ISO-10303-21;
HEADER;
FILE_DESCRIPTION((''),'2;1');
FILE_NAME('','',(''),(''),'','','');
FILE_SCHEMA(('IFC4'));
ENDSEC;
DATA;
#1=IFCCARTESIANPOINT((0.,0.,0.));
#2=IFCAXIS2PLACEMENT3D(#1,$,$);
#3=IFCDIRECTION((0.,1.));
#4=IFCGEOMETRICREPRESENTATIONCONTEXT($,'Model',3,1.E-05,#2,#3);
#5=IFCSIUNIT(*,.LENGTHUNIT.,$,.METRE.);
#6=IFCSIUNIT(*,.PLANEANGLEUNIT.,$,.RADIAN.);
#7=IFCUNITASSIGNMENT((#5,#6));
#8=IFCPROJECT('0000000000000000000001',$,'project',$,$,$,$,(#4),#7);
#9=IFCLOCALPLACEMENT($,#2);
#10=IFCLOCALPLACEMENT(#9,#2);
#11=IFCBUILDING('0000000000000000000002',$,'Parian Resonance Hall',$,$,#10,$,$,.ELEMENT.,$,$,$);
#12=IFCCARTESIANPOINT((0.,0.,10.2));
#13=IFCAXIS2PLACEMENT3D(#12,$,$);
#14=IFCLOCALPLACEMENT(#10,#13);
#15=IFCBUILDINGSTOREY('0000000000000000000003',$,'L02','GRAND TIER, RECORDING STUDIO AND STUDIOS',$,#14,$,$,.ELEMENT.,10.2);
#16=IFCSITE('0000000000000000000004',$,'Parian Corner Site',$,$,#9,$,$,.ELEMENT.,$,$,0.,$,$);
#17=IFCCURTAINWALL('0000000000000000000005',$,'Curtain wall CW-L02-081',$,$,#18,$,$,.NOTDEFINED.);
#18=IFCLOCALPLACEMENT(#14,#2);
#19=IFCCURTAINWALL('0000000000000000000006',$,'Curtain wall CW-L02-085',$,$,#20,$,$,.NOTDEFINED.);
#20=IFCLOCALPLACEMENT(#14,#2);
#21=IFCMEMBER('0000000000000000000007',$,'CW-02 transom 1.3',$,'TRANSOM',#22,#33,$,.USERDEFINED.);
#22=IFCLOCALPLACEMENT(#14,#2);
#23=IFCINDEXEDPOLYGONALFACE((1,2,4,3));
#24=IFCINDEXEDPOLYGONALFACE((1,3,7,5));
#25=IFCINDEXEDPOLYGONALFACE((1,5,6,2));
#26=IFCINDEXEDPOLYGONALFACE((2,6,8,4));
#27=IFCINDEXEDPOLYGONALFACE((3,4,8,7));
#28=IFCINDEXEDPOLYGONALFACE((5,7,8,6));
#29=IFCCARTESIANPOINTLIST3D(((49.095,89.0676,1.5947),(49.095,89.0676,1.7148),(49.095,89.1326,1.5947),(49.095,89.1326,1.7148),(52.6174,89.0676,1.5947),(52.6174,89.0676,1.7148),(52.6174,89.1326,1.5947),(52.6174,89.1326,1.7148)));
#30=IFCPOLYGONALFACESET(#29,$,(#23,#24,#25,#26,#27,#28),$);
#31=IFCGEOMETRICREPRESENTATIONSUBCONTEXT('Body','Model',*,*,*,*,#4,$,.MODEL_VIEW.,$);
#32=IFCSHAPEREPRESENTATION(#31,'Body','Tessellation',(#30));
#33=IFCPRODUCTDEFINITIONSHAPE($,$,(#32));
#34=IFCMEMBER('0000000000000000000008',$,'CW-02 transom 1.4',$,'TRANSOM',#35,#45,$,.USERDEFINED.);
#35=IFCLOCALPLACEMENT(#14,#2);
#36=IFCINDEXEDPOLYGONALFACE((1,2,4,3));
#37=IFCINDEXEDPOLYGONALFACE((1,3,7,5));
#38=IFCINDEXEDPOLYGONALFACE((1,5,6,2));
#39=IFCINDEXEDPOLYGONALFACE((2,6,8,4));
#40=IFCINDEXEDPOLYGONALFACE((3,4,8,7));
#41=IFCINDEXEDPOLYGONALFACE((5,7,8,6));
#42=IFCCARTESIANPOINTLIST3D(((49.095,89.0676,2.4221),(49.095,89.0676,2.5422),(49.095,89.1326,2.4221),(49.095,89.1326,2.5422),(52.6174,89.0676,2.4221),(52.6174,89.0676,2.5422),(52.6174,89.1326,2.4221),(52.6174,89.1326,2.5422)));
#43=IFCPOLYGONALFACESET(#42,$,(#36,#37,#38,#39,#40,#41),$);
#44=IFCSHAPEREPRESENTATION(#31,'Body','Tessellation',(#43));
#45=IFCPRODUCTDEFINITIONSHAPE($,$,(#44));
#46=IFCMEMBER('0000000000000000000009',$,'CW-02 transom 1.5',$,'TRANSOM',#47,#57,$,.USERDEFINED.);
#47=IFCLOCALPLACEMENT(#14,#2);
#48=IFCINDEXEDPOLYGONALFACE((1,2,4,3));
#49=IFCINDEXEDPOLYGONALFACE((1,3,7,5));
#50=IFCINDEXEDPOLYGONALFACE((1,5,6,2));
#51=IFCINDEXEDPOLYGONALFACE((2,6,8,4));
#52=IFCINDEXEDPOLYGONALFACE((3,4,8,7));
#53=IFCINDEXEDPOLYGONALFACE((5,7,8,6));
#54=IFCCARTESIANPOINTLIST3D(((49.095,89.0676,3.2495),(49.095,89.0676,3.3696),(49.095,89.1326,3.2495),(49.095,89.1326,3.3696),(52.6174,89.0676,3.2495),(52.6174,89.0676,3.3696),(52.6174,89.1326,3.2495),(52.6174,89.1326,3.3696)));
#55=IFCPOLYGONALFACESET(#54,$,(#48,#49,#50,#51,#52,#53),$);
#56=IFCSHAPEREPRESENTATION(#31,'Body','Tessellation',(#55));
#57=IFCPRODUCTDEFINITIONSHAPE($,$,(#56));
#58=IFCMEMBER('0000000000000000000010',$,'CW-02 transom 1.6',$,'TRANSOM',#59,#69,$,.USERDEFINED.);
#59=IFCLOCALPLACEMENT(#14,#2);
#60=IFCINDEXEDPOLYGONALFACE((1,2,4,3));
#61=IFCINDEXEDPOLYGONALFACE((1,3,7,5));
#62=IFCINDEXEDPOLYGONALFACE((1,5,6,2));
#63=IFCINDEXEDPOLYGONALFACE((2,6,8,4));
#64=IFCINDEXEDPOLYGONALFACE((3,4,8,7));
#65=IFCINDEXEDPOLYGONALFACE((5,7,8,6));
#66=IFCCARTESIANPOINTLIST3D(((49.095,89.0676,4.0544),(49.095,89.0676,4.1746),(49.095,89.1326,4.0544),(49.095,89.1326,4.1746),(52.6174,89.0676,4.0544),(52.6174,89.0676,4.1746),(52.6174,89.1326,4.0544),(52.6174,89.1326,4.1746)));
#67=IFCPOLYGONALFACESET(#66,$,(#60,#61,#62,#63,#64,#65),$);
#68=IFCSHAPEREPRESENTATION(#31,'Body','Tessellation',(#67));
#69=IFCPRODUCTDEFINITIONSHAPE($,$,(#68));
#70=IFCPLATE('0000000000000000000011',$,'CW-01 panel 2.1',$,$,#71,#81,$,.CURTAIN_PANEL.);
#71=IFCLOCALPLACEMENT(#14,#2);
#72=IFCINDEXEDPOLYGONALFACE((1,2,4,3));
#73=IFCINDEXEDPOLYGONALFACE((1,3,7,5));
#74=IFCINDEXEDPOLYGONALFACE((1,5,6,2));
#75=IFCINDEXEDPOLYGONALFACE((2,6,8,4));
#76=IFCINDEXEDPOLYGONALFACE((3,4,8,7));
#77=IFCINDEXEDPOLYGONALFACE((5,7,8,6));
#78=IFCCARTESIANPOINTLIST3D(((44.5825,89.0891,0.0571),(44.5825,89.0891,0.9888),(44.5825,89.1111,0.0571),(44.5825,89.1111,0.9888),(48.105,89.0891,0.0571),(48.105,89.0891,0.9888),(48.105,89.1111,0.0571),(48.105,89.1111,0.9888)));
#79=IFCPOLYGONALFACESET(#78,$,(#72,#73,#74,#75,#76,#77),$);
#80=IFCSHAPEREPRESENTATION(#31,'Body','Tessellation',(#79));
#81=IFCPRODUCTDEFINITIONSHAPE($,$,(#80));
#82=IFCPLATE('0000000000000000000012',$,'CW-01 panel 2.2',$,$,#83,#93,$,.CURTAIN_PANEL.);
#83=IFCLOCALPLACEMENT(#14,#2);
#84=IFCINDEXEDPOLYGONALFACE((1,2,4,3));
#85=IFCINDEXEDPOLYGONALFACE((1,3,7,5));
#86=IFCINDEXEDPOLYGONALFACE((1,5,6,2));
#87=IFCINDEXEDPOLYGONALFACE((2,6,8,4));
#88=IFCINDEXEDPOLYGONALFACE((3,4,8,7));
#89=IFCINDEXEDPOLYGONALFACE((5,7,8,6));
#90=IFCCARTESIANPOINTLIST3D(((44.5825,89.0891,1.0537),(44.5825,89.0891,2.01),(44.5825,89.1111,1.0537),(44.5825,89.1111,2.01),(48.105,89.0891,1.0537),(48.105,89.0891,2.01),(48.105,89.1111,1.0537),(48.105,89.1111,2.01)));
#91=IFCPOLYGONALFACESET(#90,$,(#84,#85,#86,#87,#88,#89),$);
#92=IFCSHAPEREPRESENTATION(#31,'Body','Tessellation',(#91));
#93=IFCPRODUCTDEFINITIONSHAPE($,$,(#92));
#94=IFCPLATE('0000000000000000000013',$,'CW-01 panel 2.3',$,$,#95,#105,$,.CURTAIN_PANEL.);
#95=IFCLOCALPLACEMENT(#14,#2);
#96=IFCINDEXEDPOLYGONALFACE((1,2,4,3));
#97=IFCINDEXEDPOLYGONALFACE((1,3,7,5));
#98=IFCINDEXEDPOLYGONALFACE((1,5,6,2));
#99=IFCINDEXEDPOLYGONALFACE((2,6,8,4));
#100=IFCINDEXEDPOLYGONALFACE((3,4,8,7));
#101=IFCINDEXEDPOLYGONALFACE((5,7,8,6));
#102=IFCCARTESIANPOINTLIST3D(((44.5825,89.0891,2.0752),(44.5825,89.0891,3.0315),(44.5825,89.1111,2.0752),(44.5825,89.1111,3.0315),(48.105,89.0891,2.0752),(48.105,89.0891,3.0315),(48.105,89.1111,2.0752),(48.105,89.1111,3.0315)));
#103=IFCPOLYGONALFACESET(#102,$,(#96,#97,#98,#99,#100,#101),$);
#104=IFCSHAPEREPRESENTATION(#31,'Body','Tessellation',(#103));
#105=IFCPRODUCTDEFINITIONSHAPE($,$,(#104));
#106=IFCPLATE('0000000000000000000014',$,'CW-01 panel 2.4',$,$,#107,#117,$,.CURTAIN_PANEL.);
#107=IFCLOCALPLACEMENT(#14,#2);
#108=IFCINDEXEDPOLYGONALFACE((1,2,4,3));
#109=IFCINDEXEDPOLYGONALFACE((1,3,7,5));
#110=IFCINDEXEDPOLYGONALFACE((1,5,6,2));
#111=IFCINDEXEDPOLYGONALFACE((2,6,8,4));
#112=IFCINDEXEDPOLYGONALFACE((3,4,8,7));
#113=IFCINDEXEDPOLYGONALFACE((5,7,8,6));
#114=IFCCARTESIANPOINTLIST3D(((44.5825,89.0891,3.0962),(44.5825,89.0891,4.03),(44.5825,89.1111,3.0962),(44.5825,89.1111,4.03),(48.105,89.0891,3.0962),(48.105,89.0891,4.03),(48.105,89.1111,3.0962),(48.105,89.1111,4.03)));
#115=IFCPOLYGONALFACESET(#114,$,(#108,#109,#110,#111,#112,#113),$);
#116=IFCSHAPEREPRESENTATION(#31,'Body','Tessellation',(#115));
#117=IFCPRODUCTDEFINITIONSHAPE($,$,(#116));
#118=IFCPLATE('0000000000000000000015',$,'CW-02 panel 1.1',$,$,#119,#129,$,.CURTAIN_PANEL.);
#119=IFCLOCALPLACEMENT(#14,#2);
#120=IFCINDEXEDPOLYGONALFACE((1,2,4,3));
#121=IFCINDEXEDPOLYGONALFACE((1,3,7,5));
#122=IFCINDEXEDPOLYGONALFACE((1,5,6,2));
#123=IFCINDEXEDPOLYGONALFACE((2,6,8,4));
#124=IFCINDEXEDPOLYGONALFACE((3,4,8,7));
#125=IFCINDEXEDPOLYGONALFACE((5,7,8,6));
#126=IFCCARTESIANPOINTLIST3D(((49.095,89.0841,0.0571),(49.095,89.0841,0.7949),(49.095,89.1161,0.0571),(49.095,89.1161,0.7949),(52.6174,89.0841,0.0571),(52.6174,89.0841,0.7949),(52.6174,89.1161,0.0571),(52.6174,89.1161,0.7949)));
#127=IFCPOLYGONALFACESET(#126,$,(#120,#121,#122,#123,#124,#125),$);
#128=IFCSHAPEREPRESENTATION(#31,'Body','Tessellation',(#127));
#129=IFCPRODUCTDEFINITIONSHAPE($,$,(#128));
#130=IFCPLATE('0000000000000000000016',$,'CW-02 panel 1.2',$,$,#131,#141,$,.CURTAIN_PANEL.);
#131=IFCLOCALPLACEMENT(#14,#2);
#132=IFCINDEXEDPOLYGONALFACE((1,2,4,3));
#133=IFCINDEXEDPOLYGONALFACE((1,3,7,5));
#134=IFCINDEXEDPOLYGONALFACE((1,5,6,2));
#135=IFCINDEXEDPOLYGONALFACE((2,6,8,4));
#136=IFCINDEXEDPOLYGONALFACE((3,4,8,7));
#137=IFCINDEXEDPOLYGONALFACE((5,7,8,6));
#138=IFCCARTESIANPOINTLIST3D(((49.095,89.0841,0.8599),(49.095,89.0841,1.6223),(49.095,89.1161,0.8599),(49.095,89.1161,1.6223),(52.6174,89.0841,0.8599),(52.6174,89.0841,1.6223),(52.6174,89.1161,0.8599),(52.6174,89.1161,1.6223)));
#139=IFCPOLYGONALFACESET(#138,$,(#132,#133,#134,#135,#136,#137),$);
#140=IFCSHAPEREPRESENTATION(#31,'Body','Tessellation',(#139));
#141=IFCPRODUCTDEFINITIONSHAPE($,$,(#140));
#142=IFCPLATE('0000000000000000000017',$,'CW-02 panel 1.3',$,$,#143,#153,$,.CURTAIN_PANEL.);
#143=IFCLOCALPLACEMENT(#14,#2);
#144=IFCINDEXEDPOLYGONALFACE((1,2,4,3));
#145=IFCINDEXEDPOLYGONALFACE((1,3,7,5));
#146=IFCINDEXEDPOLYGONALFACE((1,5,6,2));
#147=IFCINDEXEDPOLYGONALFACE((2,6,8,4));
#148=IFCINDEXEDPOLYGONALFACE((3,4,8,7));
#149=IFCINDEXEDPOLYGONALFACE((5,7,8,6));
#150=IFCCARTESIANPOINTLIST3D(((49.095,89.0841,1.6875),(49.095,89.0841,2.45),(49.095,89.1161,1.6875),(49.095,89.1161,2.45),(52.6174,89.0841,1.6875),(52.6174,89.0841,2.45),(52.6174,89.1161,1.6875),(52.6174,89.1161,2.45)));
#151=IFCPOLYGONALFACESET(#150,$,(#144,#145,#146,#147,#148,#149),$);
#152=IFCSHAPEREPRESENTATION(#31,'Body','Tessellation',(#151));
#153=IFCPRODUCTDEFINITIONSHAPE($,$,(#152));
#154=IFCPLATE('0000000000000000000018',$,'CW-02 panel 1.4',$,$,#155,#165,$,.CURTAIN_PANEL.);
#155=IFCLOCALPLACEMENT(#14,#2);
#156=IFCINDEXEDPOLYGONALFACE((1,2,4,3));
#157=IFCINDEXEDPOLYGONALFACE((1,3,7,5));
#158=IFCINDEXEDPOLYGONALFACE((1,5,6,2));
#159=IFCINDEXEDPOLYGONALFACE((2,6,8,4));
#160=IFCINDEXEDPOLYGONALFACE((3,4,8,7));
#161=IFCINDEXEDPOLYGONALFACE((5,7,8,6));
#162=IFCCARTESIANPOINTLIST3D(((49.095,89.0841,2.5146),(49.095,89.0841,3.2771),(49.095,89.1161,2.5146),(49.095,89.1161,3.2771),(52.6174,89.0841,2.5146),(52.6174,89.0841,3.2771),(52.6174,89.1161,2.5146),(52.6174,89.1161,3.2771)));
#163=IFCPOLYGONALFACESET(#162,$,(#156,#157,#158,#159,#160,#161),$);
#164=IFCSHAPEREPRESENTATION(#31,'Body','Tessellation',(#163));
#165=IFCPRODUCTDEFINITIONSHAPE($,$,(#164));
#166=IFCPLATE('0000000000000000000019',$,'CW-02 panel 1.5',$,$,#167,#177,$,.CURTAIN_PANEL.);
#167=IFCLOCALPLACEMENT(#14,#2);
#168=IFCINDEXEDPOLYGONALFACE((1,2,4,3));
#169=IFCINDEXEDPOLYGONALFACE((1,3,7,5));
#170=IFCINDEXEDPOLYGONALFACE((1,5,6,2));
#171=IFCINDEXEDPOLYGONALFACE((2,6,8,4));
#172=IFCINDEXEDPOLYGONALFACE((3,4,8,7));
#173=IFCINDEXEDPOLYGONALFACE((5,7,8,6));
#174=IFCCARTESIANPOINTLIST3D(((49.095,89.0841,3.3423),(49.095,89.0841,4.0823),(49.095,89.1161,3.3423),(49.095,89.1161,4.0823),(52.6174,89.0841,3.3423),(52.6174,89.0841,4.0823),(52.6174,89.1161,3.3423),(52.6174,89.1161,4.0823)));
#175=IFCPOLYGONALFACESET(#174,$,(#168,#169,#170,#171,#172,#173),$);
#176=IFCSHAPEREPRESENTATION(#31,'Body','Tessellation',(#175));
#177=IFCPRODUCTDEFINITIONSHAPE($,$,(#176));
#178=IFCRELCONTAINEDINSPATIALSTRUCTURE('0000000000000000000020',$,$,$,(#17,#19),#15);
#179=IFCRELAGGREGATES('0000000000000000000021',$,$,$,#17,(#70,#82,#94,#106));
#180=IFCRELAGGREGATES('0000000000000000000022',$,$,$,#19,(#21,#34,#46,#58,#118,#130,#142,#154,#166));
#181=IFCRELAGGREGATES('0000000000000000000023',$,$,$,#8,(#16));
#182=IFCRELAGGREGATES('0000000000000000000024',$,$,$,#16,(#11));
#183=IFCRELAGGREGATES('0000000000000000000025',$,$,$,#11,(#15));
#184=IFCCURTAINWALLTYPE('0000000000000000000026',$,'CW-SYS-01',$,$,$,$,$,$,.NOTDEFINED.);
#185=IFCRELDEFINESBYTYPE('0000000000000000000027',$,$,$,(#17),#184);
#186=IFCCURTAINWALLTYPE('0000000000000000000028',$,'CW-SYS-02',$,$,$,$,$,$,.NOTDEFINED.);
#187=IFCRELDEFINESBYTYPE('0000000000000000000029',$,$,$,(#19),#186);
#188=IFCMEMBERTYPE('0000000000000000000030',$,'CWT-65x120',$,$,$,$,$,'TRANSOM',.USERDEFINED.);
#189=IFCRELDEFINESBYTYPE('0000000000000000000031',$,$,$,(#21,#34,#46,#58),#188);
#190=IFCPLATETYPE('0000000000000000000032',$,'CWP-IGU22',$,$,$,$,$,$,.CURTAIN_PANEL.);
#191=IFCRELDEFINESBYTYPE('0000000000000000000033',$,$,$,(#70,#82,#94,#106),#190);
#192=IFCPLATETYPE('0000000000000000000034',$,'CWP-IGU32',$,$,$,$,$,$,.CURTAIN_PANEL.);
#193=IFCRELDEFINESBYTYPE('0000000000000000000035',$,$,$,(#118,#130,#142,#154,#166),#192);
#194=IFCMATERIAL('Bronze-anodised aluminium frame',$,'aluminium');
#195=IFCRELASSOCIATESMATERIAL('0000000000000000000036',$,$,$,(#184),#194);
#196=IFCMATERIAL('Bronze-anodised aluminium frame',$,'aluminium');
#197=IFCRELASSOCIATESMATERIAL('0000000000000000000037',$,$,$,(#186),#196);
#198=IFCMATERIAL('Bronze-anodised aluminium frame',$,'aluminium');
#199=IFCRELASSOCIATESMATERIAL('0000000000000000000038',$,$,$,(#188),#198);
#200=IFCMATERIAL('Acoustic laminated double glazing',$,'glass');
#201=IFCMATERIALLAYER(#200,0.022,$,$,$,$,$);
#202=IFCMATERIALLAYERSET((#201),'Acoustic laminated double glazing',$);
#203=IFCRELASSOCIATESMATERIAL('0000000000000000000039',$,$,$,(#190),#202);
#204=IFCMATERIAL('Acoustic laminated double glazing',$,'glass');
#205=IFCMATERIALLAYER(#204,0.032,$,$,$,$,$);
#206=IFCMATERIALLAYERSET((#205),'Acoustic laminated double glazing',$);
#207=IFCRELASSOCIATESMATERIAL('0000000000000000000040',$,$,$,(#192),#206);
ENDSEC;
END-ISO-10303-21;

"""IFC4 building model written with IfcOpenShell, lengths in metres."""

from ifc_helpers import new_model, si_unit, direction, frame, origin, origin_2d, place, context, subcontext, project, spatial, rectangle, extrude, material, layer, layer_set, material_profile, profile_set, type_object, element, aggregate, save


model = new_model("IFC4")

# Units and contexts
model_context = context("Model", 3, precision=1e-05, world=origin(), true_north=direction((0.0, 1.0)))
body_context = subcontext(model_context, "Body", "Model", "MODEL_VIEW")
ifc_project = project(units=[si_unit("LENGTHUNIT", "METRE"), si_unit("PLANEANGLEUNIT", "RADIAN")], contexts=[model_context])

# Site, building, storey
site_placement = place(None, origin())
site = spatial("IfcSite", under=ifc_project, at=site_placement, Name="Parian Corner Site", CompositionType="ELEMENT", RefElevation=0.0)
building_placement = place(site_placement, origin())
building = spatial("IfcBuilding", under=site, at=building_placement, Name="Parian Resonance Hall", CompositionType="ELEMENT")
storey_placement = place(building_placement, frame((0.0, 0.0, 10.2)))
storey = spatial("IfcBuildingStorey", under=building, at=storey_placement, Name="L02", Description="GRAND TIER, RECORDING STUDIO AND STUDIOS", CompositionType="ELEMENT", Elevation=10.2)

# Curtain walls
ifc_material_1 = material(Name="Bronze-anodised aluminium frame", Category="aluminium")
curtain_wall_type_1 = type_object("IfcCurtainWallType", Name="CW-SYS-01", PredefinedType="NOTDEFINED", material=ifc_material_1)
curtain_wall_1_placement = place(storey_placement, origin())
curtain_wall_1 = element("IfcCurtainWall", 1, at=curtain_wall_1_placement, inside=storey, type_object=curtain_wall_type_1, Name="Curtain wall CW-L02-081", PredefinedType="NOTDEFINED")
ifc_material_2 = material(Name="Bronze-anodised aluminium frame", Category="aluminium")
curtain_wall_type_2 = type_object("IfcCurtainWallType", Name="CW-SYS-02", PredefinedType="NOTDEFINED", material=ifc_material_2)
curtain_wall_2_placement = place(storey_placement, origin())
curtain_wall_2 = element("IfcCurtainWall", 2, at=curtain_wall_2_placement, inside=storey, type_object=curtain_wall_type_2, Name="Curtain wall CW-L02-085", PredefinedType="NOTDEFINED")

# Members
ifc_material_3 = material(Name="Bronze-anodised aluminium frame", Category="aluminium")
ifc_material_profile_1 = material_profile(ifc_material_3, rectangle(XDim=0.0649, YDim=0.1201, at=origin_2d()), Name="CWT-65x120")
ifc_profile_set_1 = profile_set([ifc_material_profile_1], Name="Bronze-anodised aluminium frame")
member_type_1 = type_object("IfcMemberType", Name="CWT-65x120", ElementType="TRANSOM", PredefinedType="USERDEFINED", material=ifc_profile_set_1)
member_1_placement = place(storey_placement, frame((49.095, 89.1001, 1.6548), z_axis=(1.0, 0.0, 0.0), x_axis=(0.0, 1.0, 0.0)))
member_1 = element("IfcMember", 3, at=member_1_placement, type_object=member_type_1, Name="CW-02 transom 1.3", ObjectType="TRANSOM", PredefinedType="USERDEFINED", context=body_context, shape_type="SweptSolid", body=[
    extrude(rectangle(XDim=0.0649, YDim=0.1201, at=origin_2d()), origin(), (0.0, 0.0, 1.0), 3.5225),
])
member_2_placement = place(storey_placement, frame((49.095, 89.1001, 2.4822), z_axis=(1.0, 0.0, 0.0), x_axis=(0.0, 1.0, 0.0)))
member_2 = element("IfcMember", 4, at=member_2_placement, type_object=member_type_1, Name="CW-02 transom 1.4", ObjectType="TRANSOM", PredefinedType="USERDEFINED", context=body_context, shape_type="SweptSolid", body=[
    extrude(rectangle(XDim=0.0649, YDim=0.1201, at=origin_2d()), origin(), (0.0, 0.0, 1.0), 3.5225),
])
member_3_placement = place(storey_placement, frame((49.095, 89.1001, 3.3096), z_axis=(1.0, 0.0, 0.0), x_axis=(0.0, 1.0, 0.0)))
member_3 = element("IfcMember", 5, at=member_3_placement, type_object=member_type_1, Name="CW-02 transom 1.5", ObjectType="TRANSOM", PredefinedType="USERDEFINED", context=body_context, shape_type="SweptSolid", body=[
    extrude(rectangle(XDim=0.0649, YDim=0.1201, at=origin_2d()), origin(), (0.0, 0.0, 1.0), 3.5225),
])
member_4_placement = place(storey_placement, frame((49.095, 89.1001, 4.1145), z_axis=(1.0, 0.0, 0.0), x_axis=(0.0, 1.0, 0.0)))
member_4 = element("IfcMember", 6, at=member_4_placement, type_object=member_type_1, Name="CW-02 transom 1.6", ObjectType="TRANSOM", PredefinedType="USERDEFINED", context=body_context, shape_type="SweptSolid", body=[
    extrude(rectangle(XDim=0.0649, YDim=0.1201, at=origin_2d()), origin(), (0.0, 0.0, 1.0), 3.5225),
])

# Plates
ifc_material_4 = material(Name="Acoustic laminated double glazing", Category="glass")
ifc_layer_1 = layer(ifc_material_4, 0.022)
ifc_layer_set_1 = layer_set([ifc_layer_1], Name="Acoustic laminated double glazing")
plate_type_1 = type_object("IfcPlateType", Name="CWP-IGU22", PredefinedType="CURTAIN_PANEL", material=ifc_layer_set_1)
plate_1_placement = place(storey_placement, frame((46.3438, 89.1001, 0.0571), z_axis=(0.0, 0.0, 1.0), x_axis=(1.0, 0.0, 0.0)))
plate_1 = element("IfcPlate", 7, at=plate_1_placement, type_object=plate_type_1, Name="CW-01 panel 2.1", PredefinedType="CURTAIN_PANEL", context=body_context, shape_type="SweptSolid", body=[
    extrude(rectangle(XDim=3.5225, YDim=0.022, at=origin_2d()), origin(), (0.0, 0.0, 1.0), 0.9316),
])
plate_2_placement = place(storey_placement, frame((46.3438, 89.1001, 1.0537), z_axis=(0.0, 0.0, 1.0), x_axis=(1.0, 0.0, 0.0)))
plate_2 = element("IfcPlate", 8, at=plate_2_placement, type_object=plate_type_1, Name="CW-01 panel 2.2", PredefinedType="CURTAIN_PANEL", context=body_context, shape_type="SweptSolid", body=[
    extrude(rectangle(XDim=3.5225, YDim=0.022, at=origin_2d()), origin(), (0.0, 0.0, 1.0), 0.9563),
])
plate_3_placement = place(storey_placement, frame((46.3438, 89.1001, 2.0752), z_axis=(0.0, 0.0, 1.0), x_axis=(1.0, 0.0, 0.0)))
plate_3 = element("IfcPlate", 9, at=plate_3_placement, type_object=plate_type_1, Name="CW-01 panel 2.3", PredefinedType="CURTAIN_PANEL", context=body_context, shape_type="SweptSolid", body=[
    extrude(rectangle(XDim=3.5225, YDim=0.022, at=origin_2d()), origin(), (0.0, 0.0, 1.0), 0.9563),
])
plate_4_placement = place(storey_placement, frame((46.3438, 89.1001, 3.0962), z_axis=(0.0, 0.0, 1.0), x_axis=(1.0, 0.0, 0.0)))
plate_4 = element("IfcPlate", 10, at=plate_4_placement, type_object=plate_type_1, Name="CW-01 panel 2.4", PredefinedType="CURTAIN_PANEL", context=body_context, shape_type="SweptSolid", body=[
    extrude(rectangle(XDim=3.5225, YDim=0.022, at=origin_2d()), origin(), (0.0, 0.0, 1.0), 0.9338),
])
aggregate(curtain_wall_1, [plate_1, plate_2, plate_3, plate_4])
ifc_material_5 = material(Name="Acoustic laminated double glazing", Category="glass")
ifc_layer_2 = layer(ifc_material_5, 0.032)
ifc_layer_set_2 = layer_set([ifc_layer_2], Name="Acoustic laminated double glazing")
plate_type_2 = type_object("IfcPlateType", Name="CWP-IGU32", PredefinedType="CURTAIN_PANEL", material=ifc_layer_set_2)
plate_5_placement = place(storey_placement, frame((50.8562, 89.1001, 0.0571), z_axis=(0.0, 0.0, 1.0), x_axis=(1.0, 0.0, 0.0)))
plate_5 = element("IfcPlate", 11, at=plate_5_placement, type_object=plate_type_2, Name="CW-02 panel 1.1", PredefinedType="CURTAIN_PANEL", context=body_context, shape_type="SweptSolid", body=[
    extrude(rectangle(XDim=3.5225, YDim=0.032, at=origin_2d()), origin(), (0.0, 0.0, 1.0), 0.7378),
])
plate_6_placement = place(storey_placement, frame((50.8562, 89.1001, 0.8599), z_axis=(0.0, 0.0, 1.0), x_axis=(1.0, 0.0, 0.0)))
plate_6 = element("IfcPlate", 12, at=plate_6_placement, type_object=plate_type_2, Name="CW-02 panel 1.2", PredefinedType="CURTAIN_PANEL", context=body_context, shape_type="SweptSolid", body=[
    extrude(rectangle(XDim=3.5225, YDim=0.032, at=origin_2d()), origin(), (0.0, 0.0, 1.0), 0.7625),
])
plate_7_placement = place(storey_placement, frame((50.8562, 89.1001, 1.6875), z_axis=(0.0, 0.0, 1.0), x_axis=(1.0, 0.0, 0.0)))
plate_7 = element("IfcPlate", 13, at=plate_7_placement, type_object=plate_type_2, Name="CW-02 panel 1.3", PredefinedType="CURTAIN_PANEL", context=body_context, shape_type="SweptSolid", body=[
    extrude(rectangle(XDim=3.5225, YDim=0.032, at=origin_2d()), origin(), (0.0, 0.0, 1.0), 0.7625),
])
plate_8_placement = place(storey_placement, frame((50.8562, 89.1001, 2.5146), z_axis=(0.0, 0.0, 1.0), x_axis=(1.0, 0.0, 0.0)))
plate_8 = element("IfcPlate", 14, at=plate_8_placement, type_object=plate_type_2, Name="CW-02 panel 1.4", PredefinedType="CURTAIN_PANEL", context=body_context, shape_type="SweptSolid", body=[
    extrude(rectangle(XDim=3.5225, YDim=0.032, at=origin_2d()), origin(), (0.0, 0.0, 1.0), 0.7625),
])
plate_9_placement = place(storey_placement, frame((50.8562, 89.1001, 3.3423), z_axis=(0.0, 0.0, 1.0), x_axis=(1.0, 0.0, 0.0)))
plate_9 = element("IfcPlate", 15, at=plate_9_placement, type_object=plate_type_2, Name="CW-02 panel 1.5", PredefinedType="CURTAIN_PANEL", context=body_context, shape_type="SweptSolid", body=[
    extrude(rectangle(XDim=3.5225, YDim=0.032, at=origin_2d()), origin(), (0.0, 0.0, 1.0), 0.74),
])
aggregate(curtain_wall_2, [member_1, member_2, member_3, member_4, plate_5, plate_6, plate_7, plate_8, plate_9])

save(model, "model.ifc")
